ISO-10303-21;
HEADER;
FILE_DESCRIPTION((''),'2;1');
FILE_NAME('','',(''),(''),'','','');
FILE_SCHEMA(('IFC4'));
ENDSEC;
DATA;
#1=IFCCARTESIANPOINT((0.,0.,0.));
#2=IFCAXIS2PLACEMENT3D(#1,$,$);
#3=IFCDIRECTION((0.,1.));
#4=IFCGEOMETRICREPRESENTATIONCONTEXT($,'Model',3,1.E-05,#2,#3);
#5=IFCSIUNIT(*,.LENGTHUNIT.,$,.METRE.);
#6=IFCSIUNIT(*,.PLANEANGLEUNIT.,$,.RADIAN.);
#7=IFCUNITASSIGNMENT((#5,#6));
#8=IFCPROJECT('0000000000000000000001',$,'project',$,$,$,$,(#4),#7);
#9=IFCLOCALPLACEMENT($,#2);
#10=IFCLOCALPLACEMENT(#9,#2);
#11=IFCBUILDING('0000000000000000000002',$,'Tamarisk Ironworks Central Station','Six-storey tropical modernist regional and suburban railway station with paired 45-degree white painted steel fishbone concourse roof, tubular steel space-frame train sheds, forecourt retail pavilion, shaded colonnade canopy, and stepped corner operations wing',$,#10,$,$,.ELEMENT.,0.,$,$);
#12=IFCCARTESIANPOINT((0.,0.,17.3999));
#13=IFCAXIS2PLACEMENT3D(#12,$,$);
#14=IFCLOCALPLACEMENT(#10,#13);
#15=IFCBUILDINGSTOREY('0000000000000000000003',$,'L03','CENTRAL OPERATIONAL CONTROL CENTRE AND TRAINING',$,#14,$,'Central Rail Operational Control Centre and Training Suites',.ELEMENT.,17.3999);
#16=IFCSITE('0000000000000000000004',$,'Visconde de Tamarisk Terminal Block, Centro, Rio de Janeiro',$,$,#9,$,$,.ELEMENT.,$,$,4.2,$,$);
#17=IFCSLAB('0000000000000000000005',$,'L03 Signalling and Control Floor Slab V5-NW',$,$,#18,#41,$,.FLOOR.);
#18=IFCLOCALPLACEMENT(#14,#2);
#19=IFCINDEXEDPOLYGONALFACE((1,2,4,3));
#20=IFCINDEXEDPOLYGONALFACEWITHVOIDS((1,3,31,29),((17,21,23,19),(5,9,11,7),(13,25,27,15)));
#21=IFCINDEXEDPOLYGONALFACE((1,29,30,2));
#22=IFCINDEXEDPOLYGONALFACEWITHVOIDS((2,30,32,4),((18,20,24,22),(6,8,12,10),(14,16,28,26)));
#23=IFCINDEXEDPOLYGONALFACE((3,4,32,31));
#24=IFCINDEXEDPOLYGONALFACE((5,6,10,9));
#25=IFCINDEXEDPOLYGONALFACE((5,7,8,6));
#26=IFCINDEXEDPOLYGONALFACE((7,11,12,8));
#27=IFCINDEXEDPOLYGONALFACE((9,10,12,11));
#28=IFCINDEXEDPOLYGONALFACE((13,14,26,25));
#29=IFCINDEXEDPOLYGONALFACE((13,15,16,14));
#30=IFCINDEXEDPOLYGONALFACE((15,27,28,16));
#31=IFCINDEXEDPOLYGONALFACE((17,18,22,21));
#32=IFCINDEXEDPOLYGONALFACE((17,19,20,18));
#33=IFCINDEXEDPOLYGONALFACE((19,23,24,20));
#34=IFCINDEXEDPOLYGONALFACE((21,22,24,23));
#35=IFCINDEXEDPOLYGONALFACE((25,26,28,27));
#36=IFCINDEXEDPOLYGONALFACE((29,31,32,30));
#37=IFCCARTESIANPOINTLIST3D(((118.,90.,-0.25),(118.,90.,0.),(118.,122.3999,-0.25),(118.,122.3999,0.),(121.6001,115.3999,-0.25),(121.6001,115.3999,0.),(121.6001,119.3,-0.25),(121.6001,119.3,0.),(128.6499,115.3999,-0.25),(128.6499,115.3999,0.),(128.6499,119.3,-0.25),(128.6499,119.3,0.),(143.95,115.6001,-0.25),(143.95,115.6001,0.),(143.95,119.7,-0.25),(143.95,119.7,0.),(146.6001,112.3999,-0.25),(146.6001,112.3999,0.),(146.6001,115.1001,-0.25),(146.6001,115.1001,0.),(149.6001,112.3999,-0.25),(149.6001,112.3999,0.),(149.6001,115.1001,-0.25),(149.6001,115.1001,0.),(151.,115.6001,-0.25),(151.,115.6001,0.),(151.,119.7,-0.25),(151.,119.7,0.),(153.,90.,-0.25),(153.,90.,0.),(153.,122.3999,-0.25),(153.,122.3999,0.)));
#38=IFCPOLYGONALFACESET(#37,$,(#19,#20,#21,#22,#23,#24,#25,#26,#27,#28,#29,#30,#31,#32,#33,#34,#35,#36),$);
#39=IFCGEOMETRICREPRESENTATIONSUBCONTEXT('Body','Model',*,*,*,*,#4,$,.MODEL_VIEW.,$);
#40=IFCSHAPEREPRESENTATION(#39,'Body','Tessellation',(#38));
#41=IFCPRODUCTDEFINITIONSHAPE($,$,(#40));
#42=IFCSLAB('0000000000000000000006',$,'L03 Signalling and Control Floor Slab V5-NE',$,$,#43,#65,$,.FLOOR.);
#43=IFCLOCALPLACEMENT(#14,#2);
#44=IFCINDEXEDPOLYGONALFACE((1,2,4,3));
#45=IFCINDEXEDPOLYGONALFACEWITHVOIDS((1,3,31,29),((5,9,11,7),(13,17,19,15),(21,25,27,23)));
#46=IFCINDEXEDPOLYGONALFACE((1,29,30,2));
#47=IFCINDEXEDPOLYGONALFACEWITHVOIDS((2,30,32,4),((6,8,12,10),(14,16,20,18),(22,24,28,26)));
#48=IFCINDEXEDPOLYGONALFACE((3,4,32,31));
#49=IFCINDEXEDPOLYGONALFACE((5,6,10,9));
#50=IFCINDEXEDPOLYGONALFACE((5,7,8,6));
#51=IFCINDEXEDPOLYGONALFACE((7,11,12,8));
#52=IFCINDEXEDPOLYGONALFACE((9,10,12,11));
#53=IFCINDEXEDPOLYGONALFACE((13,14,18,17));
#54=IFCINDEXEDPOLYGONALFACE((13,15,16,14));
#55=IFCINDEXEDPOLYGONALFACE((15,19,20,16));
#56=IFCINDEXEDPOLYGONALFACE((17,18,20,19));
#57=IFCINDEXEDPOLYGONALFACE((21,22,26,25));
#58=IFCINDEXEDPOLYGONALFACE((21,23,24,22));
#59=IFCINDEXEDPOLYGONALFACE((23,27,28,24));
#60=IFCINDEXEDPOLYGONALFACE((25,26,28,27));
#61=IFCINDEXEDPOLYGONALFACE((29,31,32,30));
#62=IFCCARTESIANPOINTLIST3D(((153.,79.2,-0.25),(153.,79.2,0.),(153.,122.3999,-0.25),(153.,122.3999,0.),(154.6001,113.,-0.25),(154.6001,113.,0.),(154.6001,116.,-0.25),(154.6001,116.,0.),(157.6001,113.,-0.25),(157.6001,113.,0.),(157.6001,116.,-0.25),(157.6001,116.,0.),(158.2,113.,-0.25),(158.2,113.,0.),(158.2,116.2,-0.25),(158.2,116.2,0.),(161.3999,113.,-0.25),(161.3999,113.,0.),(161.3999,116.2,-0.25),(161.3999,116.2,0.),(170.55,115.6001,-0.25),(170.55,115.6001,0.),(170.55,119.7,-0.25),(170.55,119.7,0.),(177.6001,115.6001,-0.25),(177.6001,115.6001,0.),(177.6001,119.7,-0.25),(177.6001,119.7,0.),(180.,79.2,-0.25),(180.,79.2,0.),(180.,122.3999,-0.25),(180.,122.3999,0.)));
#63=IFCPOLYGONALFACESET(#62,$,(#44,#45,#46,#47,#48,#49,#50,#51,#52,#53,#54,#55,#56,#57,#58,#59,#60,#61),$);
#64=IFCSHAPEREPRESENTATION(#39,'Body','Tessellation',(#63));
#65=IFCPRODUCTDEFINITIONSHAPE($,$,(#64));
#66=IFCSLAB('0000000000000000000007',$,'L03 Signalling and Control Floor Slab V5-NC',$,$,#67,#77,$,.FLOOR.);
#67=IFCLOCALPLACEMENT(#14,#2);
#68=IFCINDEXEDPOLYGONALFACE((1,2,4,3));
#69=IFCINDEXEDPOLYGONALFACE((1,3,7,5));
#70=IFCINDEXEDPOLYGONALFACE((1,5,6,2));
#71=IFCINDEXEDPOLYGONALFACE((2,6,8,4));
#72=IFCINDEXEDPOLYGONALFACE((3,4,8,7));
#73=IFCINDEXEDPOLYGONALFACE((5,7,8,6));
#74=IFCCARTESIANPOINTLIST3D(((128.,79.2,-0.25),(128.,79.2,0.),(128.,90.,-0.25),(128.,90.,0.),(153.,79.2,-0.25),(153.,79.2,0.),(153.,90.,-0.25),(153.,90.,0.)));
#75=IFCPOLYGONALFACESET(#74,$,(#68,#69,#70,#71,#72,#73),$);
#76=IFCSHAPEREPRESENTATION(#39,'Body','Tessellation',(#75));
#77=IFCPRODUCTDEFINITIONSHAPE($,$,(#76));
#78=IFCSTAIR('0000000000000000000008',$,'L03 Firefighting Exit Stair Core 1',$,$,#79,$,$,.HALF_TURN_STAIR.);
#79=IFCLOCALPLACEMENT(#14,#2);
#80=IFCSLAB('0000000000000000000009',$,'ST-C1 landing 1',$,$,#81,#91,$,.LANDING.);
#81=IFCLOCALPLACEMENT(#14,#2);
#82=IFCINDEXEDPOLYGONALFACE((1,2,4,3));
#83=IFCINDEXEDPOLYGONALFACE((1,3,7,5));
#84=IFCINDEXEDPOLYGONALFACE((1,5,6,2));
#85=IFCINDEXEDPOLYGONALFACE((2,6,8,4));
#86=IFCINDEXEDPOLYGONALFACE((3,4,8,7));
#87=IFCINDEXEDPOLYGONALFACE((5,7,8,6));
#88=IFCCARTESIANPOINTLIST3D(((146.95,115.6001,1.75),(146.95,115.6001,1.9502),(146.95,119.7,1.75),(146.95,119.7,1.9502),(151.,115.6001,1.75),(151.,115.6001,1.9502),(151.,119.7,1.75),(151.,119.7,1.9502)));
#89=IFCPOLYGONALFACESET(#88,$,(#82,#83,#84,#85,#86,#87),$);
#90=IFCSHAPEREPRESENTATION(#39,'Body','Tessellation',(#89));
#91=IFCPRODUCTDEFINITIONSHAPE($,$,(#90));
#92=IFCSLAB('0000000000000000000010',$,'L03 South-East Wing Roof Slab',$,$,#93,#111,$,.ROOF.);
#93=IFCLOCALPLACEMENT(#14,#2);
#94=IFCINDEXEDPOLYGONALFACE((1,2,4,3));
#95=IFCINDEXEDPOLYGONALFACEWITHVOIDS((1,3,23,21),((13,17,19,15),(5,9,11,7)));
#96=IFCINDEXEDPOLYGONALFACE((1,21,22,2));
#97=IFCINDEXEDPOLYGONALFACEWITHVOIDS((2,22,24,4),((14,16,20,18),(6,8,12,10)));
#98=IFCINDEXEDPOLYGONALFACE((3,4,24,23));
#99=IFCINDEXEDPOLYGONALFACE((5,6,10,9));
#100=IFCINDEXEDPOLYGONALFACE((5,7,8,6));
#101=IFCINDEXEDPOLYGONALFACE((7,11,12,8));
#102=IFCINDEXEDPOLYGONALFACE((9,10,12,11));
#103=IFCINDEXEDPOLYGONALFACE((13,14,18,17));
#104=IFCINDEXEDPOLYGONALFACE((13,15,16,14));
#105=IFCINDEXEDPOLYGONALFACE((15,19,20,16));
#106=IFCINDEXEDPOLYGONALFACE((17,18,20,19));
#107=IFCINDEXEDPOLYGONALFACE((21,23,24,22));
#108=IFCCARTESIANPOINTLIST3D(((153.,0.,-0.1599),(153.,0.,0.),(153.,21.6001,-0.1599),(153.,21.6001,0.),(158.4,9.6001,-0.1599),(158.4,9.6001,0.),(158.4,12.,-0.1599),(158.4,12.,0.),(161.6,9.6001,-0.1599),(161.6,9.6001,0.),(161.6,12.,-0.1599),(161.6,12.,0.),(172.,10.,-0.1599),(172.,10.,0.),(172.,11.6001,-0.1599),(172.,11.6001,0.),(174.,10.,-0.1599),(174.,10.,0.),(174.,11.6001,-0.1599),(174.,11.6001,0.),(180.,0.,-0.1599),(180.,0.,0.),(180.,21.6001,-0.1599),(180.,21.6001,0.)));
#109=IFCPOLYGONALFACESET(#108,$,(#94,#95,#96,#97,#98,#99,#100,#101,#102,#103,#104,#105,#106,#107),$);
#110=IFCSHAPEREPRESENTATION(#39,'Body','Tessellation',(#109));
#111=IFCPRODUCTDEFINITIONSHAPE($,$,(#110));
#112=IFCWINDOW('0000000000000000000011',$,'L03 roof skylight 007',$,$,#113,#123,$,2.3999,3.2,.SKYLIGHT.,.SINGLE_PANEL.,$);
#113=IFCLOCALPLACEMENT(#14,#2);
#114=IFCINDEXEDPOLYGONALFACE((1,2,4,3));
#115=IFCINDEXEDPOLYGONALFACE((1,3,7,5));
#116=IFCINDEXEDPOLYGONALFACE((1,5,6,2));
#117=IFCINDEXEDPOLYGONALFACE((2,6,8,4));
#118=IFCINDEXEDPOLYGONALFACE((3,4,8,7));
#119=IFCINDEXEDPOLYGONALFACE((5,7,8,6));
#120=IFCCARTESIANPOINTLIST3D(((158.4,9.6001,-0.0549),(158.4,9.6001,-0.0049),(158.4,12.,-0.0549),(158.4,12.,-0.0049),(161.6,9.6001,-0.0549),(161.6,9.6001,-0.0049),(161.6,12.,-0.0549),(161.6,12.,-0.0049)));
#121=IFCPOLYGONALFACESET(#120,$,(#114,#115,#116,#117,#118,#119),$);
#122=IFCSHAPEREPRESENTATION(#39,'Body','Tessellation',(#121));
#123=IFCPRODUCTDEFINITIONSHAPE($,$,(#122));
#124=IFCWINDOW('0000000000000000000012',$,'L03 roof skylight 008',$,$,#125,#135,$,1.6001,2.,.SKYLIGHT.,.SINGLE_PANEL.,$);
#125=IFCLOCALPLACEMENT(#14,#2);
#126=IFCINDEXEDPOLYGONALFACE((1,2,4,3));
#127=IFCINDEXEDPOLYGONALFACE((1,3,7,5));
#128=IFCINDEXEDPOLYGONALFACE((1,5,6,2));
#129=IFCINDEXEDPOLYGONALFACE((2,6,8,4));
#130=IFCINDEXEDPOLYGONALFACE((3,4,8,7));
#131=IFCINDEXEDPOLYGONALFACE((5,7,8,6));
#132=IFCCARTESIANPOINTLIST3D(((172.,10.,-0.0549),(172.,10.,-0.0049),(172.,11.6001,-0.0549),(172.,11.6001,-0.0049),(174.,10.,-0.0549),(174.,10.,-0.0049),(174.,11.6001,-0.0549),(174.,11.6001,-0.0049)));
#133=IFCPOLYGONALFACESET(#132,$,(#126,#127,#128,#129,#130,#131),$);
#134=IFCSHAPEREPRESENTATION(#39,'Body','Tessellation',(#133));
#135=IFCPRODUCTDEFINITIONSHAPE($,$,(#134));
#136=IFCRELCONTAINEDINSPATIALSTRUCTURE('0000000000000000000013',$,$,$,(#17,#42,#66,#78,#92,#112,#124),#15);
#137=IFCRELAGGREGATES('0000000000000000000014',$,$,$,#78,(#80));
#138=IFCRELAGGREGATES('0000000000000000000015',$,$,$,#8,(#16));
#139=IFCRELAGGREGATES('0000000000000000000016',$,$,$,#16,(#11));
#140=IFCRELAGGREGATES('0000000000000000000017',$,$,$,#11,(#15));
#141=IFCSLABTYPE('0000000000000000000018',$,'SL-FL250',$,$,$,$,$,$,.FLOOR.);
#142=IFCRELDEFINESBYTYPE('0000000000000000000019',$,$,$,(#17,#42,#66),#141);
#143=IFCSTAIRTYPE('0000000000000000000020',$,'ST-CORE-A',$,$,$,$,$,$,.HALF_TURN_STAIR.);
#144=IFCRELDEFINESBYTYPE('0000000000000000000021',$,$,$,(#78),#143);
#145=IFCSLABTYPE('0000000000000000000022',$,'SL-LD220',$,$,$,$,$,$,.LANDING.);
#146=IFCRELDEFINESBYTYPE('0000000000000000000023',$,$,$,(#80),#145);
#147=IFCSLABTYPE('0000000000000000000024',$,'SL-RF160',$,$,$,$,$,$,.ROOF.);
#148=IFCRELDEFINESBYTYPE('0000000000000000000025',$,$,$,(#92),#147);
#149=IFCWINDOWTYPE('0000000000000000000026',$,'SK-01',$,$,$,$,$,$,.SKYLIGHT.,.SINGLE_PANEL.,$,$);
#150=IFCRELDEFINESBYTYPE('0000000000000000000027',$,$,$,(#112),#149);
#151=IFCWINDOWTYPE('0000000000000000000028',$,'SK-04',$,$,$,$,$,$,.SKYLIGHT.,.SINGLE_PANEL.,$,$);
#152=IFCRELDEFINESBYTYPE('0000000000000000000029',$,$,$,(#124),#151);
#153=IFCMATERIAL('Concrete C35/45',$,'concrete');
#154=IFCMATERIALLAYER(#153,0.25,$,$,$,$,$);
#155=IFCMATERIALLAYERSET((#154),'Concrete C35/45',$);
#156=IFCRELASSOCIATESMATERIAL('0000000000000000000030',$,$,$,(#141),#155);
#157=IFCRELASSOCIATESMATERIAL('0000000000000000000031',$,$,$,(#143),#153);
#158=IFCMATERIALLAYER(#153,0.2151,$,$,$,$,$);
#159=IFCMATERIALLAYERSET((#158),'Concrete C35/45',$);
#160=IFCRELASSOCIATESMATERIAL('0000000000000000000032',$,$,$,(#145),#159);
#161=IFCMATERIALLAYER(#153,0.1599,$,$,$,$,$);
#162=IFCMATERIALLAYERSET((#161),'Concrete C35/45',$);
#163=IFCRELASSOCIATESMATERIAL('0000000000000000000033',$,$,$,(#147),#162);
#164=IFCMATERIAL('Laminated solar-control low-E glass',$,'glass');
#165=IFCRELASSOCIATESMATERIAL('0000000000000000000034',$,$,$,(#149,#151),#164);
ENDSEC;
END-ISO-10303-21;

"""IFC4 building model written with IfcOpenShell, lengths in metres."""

from ifc_helpers import new_model, si_unit, direction, frame, origin, origin_2d, place, context, subcontext, project, spatial, polyline, rectangle, outline, extrude, material, layer, layer_set, type_object, element, fill, aggregate, save


model = new_model("IFC4")

# Units and contexts
model_context = context("Model", 3, precision=1e-05, world=origin(), true_north=direction((0.0, 1.0)))
body_context = subcontext(model_context, "Body", "Model", "MODEL_VIEW")
ifc_project = project(units=[si_unit("LENGTHUNIT", "METRE"), si_unit("PLANEANGLEUNIT", "RADIAN")], contexts=[model_context])

# Site, building, storey
site_placement = place(None, origin())
site = spatial("IfcSite", under=ifc_project, at=site_placement, Name="Visconde de Tamarisk Terminal Block, Centro, Rio de Janeiro", CompositionType="ELEMENT", RefElevation=4.2)
building_placement = place(site_placement, origin())
building = spatial("IfcBuilding", under=site, at=building_placement, Name="Tamarisk Ironworks Central Station", Description="Six-storey tropical modernist regional and suburban railway station with paired 45-degree white painted steel fishbone concourse roof, tubular steel space-frame train sheds, forecourt retail pavilion, shaded colonnade canopy, and stepped corner operations wing", CompositionType="ELEMENT", ElevationOfRefHeight=0.0)
storey_placement = place(building_placement, frame((0.0, 0.0, 17.3999)))
storey = spatial("IfcBuildingStorey", under=building, at=storey_placement, Name="L03", Description="CENTRAL OPERATIONAL CONTROL CENTRE AND TRAINING", LongName="Central Rail Operational Control Centre and Training Suites", CompositionType="ELEMENT", Elevation=17.3999)

# Shared definitions
ifc_material_1 = material(Name="Laminated solar-control low-E glass", Category="glass")

# Slabs
ifc_material_2 = material(Name="Concrete C35/45", Category="concrete")
ifc_layer_1 = layer(ifc_material_2, 0.25)
ifc_layer_set_1 = layer_set([ifc_layer_1], Name="Concrete C35/45")
slab_type_1 = type_object("IfcSlabType", Name="SL-FL250", PredefinedType="FLOOR", material=ifc_layer_set_1)
slab_1_placement = place(storey_placement, frame((0.0, 0.0, -0.25)))
element("IfcSlab", 1, at=slab_1_placement, inside=storey, type_object=slab_type_1, Name="L03 Signalling and Control Floor Slab V5-NW", PredefinedType="FLOOR", context=body_context, shape_type="SweptSolid", body=[
    extrude(outline(polyline([(118.0, 90.0), (153.0, 90.0), (153.0, 122.3999), (118.0, 122.3999), (118.0, 90.0)]), holes=[polyline([(143.95, 115.6001), (151.0, 115.6001), (151.0, 119.7), (143.95, 119.7), (143.95, 115.6001)]), polyline([(121.6001, 115.3999), (128.6499, 115.3999), (128.6499, 119.3), (121.6001, 119.3), (121.6001, 115.3999)]), polyline([(146.6001, 112.3999), (149.6001, 112.3999), (149.6001, 115.1001), (146.6001, 115.1001), (146.6001, 112.3999)])]), origin(), (0.0, 0.0, 1.0), 0.25),
])
slab_2_placement = place(storey_placement, frame((0.0, 0.0, -0.25)))
element("IfcSlab", 2, at=slab_2_placement, inside=storey, type_object=slab_type_1, Name="L03 Signalling and Control Floor Slab V5-NE", PredefinedType="FLOOR", context=body_context, shape_type="SweptSolid", body=[
    extrude(outline(polyline([(153.0, 79.2), (180.0, 79.2), (180.0, 122.3999), (153.0, 122.3999), (153.0, 79.2)]), holes=[polyline([(170.55, 115.6001), (177.6001, 115.6001), (177.6001, 119.7), (170.55, 119.7), (170.55, 115.6001)]), polyline([(154.6001, 113.0), (157.6001, 113.0), (157.6001, 116.0), (154.6001, 116.0), (154.6001, 113.0)]), polyline([(158.2, 113.0), (161.3999, 113.0), (161.3999, 116.2), (158.2, 116.2), (158.2, 113.0)])]), origin(), (0.0, 0.0, 1.0), 0.25),
])
slab_3_placement = place(storey_placement, frame((0.0, 0.0, -0.25)))
element("IfcSlab", 3, at=slab_3_placement, inside=storey, type_object=slab_type_1, Name="L03 Signalling and Control Floor Slab V5-NC", PredefinedType="FLOOR", context=body_context, shape_type="SweptSolid", body=[
    extrude(outline(polyline([(128.0, 79.2), (153.0, 79.2), (153.0, 90.0), (128.0, 90.0), (128.0, 79.2)])), origin(), (0.0, 0.0, 1.0), 0.25),
])

# Stair, slab
stair_type = type_object("IfcStairType", Name="ST-CORE-A", PredefinedType="HALF_TURN_STAIR", material=ifc_material_2)
stair_placement = place(storey_placement, origin())
stair = element("IfcStair", 4, at=stair_placement, inside=storey, type_object=stair_type, Name="L03 Firefighting Exit Stair Core 1", PredefinedType="HALF_TURN_STAIR")
ifc_layer_2 = layer(ifc_material_2, 0.2151)
ifc_layer_set_2 = layer_set([ifc_layer_2], Name="Concrete C35/45")
slab_type_2 = type_object("IfcSlabType", Name="SL-LD220", PredefinedType="LANDING", material=ifc_layer_set_2)
slab_4_placement = place(storey_placement, frame((0.0, 0.0, 1.75)))
slab_4 = element("IfcSlab", 5, at=slab_4_placement, type_object=slab_type_2, Name="ST-C1 landing 1", PredefinedType="LANDING", context=body_context, shape_type="SweptSolid", body=[
    extrude(outline(polyline([(146.95, 115.6001), (151.0, 115.6001), (151.0, 119.7), (146.95, 119.7), (146.95, 115.6001)])), origin(), (0.0, 0.0, 1.0), 0.2002),
])
aggregate(stair, [slab_4])

# Slab, openings, windows
ifc_layer_3 = layer(ifc_material_2, 0.1599)
ifc_layer_set_3 = layer_set([ifc_layer_3], Name="Concrete C35/45")
slab_type_3 = type_object("IfcSlabType", Name="SL-RF160", PredefinedType="ROOF", material=ifc_layer_set_3)
slab_5_placement = place(storey_placement, frame((0.0, 0.0, -0.1599)))
slab_5 = element("IfcSlab", 6, at=slab_5_placement, inside=storey, type_object=slab_type_3, Name="L03 South-East Wing Roof Slab", PredefinedType="ROOF", context=body_context, shape_type="SweptSolid", body=[
    extrude(outline(polyline([(153.0, 0.0), (180.0, 0.0), (180.0, 21.6001), (153.0, 21.6001), (153.0, 0.0)])), origin(), (0.0, 0.0, 1.0), 0.1599),
])
opening_1_placement = place(slab_5_placement, frame((160.0, 10.8, 0.0)))
opening_1 = element("IfcOpeningElement", 7, at=opening_1_placement, cuts=slab_5, PredefinedType="OPENING", context=body_context, shape_type="SweptSolid", body=[
    extrude(rectangle(XDim=3.2, YDim=2.3999, at=origin_2d()), frame((0.0, 0.0, -0.012)), (0.0, 0.0, 1.0), 0.1838),
])
opening_2_placement = place(slab_5_placement, frame((173.0, 10.8, 0.0)))
opening_2 = element("IfcOpeningElement", 8, at=opening_2_placement, cuts=slab_5, PredefinedType="OPENING", context=body_context, shape_type="SweptSolid", body=[
    extrude(rectangle(XDim=2.0, YDim=1.6001, at=origin_2d()), frame((0.0, 0.0, -0.012)), (0.0, 0.0, 1.0), 0.1838),
])
window_type_1 = type_object("IfcWindowType", Name="SK-01", PartitioningType="SINGLE_PANEL", PredefinedType="SKYLIGHT", material=ifc_material_1)
window_1_placement = place(opening_1_placement, frame((0.0, 0.0, 0.105)))
window_1 = element("IfcWindow", 9, at=window_1_placement, inside=storey, type_object=window_type_1, Name="L03 roof skylight 007", OverallHeight=2.3999, OverallWidth=3.2, PartitioningType="SINGLE_PANEL", PredefinedType="SKYLIGHT", context=body_context, shape_type="SweptSolid", body=[
    extrude(rectangle(XDim=3.2, YDim=2.3999, at=origin_2d()), origin(), (0.0, 0.0, 1.0), 0.05),
])
fill(opening_1, window_1)
window_type_2 = type_object("IfcWindowType", Name="SK-04", PartitioningType="SINGLE_PANEL", PredefinedType="SKYLIGHT", material=ifc_material_1)
window_2_placement = place(opening_2_placement, frame((0.0, 0.0, 0.105)))
window_2 = element("IfcWindow", 10, at=window_2_placement, inside=storey, type_object=window_type_2, Name="L03 roof skylight 008", OverallHeight=1.6001, OverallWidth=2.0, PartitioningType="SINGLE_PANEL", PredefinedType="SKYLIGHT", context=body_context, shape_type="SweptSolid", body=[
    extrude(rectangle(XDim=2.0, YDim=1.6001, at=origin_2d()), origin(), (0.0, 0.0, 1.0), 0.05),
])
fill(opening_2, window_2)

save(model, "model.ifc")
